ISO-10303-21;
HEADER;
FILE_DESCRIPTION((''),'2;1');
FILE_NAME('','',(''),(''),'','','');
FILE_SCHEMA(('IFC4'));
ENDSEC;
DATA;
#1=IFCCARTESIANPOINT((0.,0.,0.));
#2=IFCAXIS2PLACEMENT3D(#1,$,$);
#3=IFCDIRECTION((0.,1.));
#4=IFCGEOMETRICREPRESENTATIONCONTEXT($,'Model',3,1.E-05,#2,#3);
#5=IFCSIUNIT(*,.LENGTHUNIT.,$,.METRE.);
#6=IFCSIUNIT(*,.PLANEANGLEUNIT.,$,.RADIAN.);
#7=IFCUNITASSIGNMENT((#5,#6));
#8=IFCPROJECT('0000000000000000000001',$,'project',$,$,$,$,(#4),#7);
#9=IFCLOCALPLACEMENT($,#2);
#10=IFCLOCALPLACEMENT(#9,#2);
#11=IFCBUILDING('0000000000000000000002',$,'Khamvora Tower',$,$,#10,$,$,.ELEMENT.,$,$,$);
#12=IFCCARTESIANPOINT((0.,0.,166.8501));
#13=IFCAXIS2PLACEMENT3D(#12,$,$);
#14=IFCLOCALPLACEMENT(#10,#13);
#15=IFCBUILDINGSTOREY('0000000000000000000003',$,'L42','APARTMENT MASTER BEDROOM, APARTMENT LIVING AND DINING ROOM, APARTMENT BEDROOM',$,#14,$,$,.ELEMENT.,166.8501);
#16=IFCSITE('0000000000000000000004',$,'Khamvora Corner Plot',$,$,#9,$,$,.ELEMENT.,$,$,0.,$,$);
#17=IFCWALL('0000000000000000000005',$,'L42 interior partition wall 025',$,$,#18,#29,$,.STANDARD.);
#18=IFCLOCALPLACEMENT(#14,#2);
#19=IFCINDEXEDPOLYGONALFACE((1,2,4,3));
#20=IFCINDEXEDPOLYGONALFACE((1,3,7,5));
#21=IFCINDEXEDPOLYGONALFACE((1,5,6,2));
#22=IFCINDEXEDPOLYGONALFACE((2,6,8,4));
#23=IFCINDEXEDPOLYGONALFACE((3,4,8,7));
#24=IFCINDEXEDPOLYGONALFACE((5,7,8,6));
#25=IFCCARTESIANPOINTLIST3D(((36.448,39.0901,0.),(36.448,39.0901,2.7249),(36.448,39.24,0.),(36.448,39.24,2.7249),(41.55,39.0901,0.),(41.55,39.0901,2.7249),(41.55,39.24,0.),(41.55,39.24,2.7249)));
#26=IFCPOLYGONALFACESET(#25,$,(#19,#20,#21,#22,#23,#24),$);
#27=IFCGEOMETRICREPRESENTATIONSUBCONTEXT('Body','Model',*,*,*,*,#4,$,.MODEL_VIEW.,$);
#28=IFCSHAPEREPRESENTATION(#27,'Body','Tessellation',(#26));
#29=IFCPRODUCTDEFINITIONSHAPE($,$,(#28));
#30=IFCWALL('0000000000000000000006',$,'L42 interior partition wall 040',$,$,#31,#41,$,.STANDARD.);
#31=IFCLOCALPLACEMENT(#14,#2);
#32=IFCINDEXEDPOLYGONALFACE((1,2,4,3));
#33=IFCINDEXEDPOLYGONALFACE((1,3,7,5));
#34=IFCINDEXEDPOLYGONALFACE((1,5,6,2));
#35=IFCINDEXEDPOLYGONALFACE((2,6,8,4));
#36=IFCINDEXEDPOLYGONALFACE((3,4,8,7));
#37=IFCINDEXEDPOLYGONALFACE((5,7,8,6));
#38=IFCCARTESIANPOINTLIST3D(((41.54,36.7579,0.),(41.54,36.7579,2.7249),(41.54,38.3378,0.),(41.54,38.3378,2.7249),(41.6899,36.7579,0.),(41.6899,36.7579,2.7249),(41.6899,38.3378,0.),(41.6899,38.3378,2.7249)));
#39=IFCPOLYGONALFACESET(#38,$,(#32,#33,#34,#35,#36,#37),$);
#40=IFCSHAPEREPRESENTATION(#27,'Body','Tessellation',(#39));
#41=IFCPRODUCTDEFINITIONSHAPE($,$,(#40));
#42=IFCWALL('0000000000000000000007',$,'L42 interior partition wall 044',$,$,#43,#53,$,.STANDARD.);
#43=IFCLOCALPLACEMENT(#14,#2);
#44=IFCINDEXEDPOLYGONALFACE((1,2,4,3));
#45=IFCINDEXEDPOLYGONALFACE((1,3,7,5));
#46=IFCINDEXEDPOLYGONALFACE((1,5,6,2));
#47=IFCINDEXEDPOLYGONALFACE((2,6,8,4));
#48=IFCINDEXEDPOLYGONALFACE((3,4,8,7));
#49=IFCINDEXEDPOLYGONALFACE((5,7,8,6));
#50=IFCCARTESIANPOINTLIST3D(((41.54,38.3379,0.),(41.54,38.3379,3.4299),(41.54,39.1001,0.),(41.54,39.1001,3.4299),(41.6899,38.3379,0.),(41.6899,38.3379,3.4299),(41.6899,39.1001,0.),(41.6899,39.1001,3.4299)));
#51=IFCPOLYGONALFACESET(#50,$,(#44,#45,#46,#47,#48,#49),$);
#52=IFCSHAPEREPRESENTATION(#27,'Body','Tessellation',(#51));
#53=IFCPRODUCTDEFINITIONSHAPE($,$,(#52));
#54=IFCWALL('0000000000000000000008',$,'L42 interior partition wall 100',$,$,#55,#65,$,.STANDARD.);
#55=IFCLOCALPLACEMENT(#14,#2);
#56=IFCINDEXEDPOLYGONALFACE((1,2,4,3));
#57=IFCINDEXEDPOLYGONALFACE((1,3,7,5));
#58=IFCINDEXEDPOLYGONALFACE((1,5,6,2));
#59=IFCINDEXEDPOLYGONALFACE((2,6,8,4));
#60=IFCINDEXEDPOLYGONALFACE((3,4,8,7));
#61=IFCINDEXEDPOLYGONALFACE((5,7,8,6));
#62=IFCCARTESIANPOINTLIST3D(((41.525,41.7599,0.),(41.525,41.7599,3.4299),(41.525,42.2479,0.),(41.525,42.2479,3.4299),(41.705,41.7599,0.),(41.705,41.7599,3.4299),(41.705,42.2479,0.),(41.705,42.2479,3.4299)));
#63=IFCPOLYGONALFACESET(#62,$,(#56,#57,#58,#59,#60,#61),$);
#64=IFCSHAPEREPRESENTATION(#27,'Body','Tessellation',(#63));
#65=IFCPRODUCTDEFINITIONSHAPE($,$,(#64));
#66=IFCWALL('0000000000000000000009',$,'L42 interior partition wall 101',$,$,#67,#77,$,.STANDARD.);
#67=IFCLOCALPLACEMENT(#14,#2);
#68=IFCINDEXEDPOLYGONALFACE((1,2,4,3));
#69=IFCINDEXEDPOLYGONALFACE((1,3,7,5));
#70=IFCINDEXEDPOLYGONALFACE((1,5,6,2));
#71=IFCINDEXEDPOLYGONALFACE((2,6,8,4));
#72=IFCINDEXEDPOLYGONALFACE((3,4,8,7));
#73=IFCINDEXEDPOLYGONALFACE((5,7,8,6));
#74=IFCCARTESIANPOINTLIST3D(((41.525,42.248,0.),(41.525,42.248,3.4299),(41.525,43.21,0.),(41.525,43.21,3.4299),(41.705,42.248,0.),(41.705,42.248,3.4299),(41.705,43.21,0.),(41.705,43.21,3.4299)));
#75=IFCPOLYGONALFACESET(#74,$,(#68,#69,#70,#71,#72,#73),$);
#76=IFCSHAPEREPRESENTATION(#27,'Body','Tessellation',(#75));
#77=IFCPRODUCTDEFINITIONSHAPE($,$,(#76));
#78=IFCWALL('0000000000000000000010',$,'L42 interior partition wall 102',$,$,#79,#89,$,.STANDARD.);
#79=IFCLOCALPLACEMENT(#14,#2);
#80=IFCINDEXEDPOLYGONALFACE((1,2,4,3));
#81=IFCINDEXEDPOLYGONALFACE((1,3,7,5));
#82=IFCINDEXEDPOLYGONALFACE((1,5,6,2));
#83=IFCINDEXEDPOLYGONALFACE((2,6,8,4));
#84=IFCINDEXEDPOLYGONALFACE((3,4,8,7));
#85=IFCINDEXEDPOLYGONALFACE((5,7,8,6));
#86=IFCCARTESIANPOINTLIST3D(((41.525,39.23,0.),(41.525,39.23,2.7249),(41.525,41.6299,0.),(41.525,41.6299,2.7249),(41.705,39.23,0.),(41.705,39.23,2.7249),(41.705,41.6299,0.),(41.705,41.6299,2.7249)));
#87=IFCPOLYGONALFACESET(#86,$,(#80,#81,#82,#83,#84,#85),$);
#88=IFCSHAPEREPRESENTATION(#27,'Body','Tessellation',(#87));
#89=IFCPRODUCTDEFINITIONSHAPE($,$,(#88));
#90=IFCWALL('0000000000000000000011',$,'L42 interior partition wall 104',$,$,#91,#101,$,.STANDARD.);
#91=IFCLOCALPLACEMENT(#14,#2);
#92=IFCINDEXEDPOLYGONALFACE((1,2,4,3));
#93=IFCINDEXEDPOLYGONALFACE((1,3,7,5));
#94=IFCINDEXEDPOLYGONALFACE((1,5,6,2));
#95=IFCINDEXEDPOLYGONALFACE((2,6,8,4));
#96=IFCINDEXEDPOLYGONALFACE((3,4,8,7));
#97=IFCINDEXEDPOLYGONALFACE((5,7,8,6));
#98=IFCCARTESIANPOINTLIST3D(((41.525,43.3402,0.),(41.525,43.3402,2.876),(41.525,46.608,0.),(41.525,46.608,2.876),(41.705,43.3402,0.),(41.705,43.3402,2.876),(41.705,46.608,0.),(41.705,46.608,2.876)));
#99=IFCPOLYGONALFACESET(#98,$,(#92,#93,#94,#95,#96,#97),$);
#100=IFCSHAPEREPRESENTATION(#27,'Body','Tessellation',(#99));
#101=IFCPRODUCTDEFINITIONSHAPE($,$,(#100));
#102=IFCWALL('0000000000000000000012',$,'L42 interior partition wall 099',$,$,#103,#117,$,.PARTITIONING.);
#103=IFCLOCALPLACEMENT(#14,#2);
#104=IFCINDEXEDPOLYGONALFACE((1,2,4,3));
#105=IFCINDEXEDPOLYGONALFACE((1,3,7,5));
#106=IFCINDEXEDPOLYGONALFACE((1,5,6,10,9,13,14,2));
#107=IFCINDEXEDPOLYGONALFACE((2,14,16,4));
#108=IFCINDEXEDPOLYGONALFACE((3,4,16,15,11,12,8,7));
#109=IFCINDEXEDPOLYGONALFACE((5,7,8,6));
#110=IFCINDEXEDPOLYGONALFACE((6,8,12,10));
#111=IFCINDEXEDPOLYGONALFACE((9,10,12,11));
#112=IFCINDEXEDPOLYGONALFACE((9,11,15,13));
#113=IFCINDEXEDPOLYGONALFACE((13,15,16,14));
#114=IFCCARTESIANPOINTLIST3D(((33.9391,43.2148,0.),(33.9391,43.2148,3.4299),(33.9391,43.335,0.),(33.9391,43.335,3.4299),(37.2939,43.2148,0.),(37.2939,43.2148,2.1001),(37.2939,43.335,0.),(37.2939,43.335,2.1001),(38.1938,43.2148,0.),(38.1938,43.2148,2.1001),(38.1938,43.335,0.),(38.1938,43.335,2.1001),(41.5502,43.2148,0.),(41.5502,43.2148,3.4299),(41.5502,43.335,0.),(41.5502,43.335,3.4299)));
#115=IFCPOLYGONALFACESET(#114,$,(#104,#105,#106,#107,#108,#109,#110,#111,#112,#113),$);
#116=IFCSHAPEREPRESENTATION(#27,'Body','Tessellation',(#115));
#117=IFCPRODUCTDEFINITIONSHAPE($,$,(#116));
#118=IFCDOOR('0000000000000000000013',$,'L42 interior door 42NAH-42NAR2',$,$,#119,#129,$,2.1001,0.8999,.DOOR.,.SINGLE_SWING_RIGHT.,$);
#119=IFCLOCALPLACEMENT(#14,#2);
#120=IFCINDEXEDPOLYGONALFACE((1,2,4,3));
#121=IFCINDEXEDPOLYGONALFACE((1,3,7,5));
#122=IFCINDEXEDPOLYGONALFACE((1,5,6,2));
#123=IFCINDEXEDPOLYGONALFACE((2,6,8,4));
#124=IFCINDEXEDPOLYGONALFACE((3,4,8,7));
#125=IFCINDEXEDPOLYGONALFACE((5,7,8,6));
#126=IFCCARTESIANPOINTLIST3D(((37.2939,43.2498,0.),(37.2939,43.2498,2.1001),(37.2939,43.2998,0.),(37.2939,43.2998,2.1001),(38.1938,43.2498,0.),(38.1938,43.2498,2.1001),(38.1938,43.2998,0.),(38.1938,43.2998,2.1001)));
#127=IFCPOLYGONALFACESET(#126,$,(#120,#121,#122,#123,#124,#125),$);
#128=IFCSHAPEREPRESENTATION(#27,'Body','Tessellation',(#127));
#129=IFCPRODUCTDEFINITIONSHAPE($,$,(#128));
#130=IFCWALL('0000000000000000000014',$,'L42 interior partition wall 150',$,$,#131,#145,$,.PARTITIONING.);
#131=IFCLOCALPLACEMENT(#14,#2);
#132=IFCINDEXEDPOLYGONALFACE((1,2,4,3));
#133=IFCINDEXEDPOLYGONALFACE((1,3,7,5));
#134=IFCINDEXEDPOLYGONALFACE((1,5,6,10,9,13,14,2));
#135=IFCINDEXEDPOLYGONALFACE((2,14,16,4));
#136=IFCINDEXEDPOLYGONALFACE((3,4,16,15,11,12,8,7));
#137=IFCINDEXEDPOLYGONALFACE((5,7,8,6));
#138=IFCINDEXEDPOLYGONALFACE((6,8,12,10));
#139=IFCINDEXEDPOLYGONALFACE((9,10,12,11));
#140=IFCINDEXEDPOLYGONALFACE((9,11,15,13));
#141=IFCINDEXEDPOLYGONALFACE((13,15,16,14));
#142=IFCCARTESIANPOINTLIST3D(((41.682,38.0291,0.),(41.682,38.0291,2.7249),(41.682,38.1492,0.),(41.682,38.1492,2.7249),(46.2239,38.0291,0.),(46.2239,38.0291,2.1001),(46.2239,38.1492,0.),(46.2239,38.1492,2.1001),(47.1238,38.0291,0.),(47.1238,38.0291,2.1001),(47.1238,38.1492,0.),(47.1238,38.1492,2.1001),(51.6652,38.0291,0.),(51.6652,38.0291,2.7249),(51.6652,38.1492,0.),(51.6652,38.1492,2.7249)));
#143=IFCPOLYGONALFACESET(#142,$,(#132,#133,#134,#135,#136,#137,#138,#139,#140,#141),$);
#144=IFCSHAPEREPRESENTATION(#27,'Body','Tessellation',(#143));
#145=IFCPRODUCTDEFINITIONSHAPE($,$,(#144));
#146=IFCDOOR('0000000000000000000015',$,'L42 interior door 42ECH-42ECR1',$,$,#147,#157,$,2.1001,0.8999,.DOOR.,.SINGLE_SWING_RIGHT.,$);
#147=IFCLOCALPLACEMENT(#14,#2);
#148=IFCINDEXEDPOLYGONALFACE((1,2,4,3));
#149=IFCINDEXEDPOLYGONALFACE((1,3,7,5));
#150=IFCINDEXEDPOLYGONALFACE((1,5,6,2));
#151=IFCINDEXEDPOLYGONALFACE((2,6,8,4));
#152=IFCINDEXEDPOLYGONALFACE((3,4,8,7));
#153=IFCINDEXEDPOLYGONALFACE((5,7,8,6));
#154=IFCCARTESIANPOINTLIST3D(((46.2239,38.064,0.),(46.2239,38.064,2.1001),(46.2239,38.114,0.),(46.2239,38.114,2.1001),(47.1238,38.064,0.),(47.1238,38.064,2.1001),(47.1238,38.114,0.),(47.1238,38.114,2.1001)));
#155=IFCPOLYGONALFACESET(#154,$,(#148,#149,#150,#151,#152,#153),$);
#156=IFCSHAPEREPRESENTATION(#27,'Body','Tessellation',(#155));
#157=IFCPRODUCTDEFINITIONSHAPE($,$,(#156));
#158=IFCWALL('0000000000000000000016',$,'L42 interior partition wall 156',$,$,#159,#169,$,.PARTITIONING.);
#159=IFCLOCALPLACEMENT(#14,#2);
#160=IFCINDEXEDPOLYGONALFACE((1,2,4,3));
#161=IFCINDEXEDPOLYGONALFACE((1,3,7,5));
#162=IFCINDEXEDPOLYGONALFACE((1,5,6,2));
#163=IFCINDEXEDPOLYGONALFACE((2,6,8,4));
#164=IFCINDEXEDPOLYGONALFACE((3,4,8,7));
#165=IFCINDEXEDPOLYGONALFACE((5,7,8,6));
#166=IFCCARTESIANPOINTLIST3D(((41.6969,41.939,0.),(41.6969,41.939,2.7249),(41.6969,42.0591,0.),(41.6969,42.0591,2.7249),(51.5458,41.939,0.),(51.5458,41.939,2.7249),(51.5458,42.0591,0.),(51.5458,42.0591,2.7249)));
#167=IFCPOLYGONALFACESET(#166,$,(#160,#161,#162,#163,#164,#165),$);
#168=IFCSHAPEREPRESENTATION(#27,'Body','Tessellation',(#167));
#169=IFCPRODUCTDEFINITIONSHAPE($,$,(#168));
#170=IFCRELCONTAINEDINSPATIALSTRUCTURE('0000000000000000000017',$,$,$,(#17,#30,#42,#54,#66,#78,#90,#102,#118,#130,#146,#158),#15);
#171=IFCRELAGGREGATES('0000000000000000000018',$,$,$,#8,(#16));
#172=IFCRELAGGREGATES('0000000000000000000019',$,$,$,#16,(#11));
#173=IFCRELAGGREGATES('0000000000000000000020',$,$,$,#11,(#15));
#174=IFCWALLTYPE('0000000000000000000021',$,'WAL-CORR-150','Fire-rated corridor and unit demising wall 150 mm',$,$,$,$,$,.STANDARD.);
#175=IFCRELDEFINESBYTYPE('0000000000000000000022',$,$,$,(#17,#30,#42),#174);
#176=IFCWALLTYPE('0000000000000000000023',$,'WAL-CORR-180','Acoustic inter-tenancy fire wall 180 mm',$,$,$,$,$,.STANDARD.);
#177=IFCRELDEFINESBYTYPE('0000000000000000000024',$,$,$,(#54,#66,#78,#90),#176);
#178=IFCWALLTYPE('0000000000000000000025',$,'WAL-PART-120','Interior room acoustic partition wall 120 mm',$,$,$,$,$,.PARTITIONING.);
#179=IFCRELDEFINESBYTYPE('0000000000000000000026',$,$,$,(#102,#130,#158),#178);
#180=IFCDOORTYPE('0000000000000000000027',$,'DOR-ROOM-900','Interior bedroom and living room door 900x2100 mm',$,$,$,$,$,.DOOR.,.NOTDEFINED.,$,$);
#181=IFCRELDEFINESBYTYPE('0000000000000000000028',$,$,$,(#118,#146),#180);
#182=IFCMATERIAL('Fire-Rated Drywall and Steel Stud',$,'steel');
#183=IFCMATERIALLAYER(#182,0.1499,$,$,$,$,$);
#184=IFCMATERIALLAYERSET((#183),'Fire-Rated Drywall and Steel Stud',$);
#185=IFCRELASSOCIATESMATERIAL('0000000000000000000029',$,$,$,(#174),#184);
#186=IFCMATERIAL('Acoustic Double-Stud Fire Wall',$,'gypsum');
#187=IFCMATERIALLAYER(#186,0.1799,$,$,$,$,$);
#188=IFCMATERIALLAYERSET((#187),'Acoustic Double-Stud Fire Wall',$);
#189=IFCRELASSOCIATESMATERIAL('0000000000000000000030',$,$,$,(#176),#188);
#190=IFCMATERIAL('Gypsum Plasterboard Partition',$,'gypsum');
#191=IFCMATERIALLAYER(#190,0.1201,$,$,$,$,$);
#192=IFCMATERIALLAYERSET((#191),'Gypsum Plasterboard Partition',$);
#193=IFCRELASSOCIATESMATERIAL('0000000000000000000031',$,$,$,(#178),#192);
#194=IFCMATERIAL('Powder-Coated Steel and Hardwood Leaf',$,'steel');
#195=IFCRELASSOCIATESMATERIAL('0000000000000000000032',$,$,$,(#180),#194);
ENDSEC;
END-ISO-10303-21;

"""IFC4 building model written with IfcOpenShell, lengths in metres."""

from ifc_helpers import new_model, si_unit, direction, frame, frame_2d, origin, place, context, subcontext, project, spatial, rectangle, extrude, material, layer, layer_set, type_object, element, fill, save


model = new_model("IFC4")

# Units and contexts
model_context = context("Model", 3, precision=1e-05, world=origin(), true_north=direction((0.0, 1.0)))
body_context = subcontext(model_context, "Body", "Model", "MODEL_VIEW")
ifc_project = project(units=[si_unit("LENGTHUNIT", "METRE"), si_unit("PLANEANGLEUNIT", "RADIAN")], contexts=[model_context])

# Site, building, storey
site_placement = place(None, origin())
site = spatial("IfcSite", under=ifc_project, at=site_placement, Name="Khamvora Corner Plot", CompositionType="ELEMENT", RefElevation=0.0)
building_placement = place(site_placement, origin())
building = spatial("IfcBuilding", under=site, at=building_placement, Name="Khamvora Tower", CompositionType="ELEMENT")
storey_placement = place(building_placement, frame((0.0, 0.0, 166.8501)))
storey = spatial("IfcBuildingStorey", under=building, at=storey_placement, Name="L42", Description="APARTMENT MASTER BEDROOM, APARTMENT LIVING AND DINING ROOM, APARTMENT BEDROOM", CompositionType="ELEMENT", Elevation=166.8501)

# Walls
ifc_material_1 = material(Name="Fire-Rated Drywall and Steel Stud", Category="steel")
ifc_layer_1 = layer(ifc_material_1, 0.1499)
ifc_layer_set_1 = layer_set([ifc_layer_1], Name="Fire-Rated Drywall and Steel Stud")
wall_type_1 = type_object("IfcWallType", Name="WAL-CORR-150", Description="Fire-rated corridor and unit demising wall 150 mm", PredefinedType="STANDARD", material=ifc_layer_set_1)
wall_1_placement = place(storey_placement, frame((36.448, 39.165, 0.0), z_axis=(0.0, 0.0, 1.0), x_axis=(1.0, 0.0, 0.0)))
element("IfcWall", 1, at=wall_1_placement, inside=storey, type_object=wall_type_1, Name="L42 interior partition wall 025", PredefinedType="STANDARD", context=body_context, shape_type="SweptSolid", body=[
    extrude(rectangle(XDim=5.1021, YDim=0.1499, at=frame_2d((2.551, 0.0))), origin(), (0.0, 0.0, 1.0), 2.7249),
])
wall_2_placement = place(storey_placement, frame((41.615, 38.3379, 0.0), z_axis=(0.0, 0.0, 1.0), x_axis=(0.0, -1.0, 0.0)))
element("IfcWall", 2, at=wall_2_placement, inside=storey, type_object=wall_type_1, Name="L42 interior partition wall 040", PredefinedType="STANDARD", context=body_context, shape_type="SweptSolid", body=[
    extrude(rectangle(XDim=1.5798, YDim=0.1499, at=frame_2d((0.79, 0.0))), origin(), (0.0, 0.0, 1.0), 2.7249),
])
wall_3_placement = place(storey_placement, frame((41.615, 39.1001, 0.0), z_axis=(0.0, 0.0, 1.0), x_axis=(0.0, -1.0, 0.0)))
element("IfcWall", 3, at=wall_3_placement, inside=storey, type_object=wall_type_1, Name="L42 interior partition wall 044", PredefinedType="STANDARD", context=body_context, shape_type="SweptSolid", body=[
    extrude(rectangle(XDim=0.7622, YDim=0.1499, at=frame_2d((0.3811, 0.0))), origin(), (0.0, 0.0, 1.0), 3.4299),
])
ifc_material_2 = material(Name="Acoustic Double-Stud Fire Wall", Category="gypsum")
ifc_layer_2 = layer(ifc_material_2, 0.1799)
ifc_layer_set_2 = layer_set([ifc_layer_2], Name="Acoustic Double-Stud Fire Wall")
wall_type_2 = type_object("IfcWallType", Name="WAL-CORR-180", Description="Acoustic inter-tenancy fire wall 180 mm", PredefinedType="STANDARD", material=ifc_layer_set_2)
wall_4_placement = place(storey_placement, frame((41.615, 42.248, 0.0), z_axis=(0.0, 0.0, 1.0), x_axis=(0.0, -1.0, 0.0)))
element("IfcWall", 4, at=wall_4_placement, inside=storey, type_object=wall_type_2, Name="L42 interior partition wall 100", PredefinedType="STANDARD", context=body_context, shape_type="SweptSolid", body=[
    extrude(rectangle(XDim=0.488, YDim=0.1799, at=frame_2d((0.2441, 0.0))), origin(), (0.0, 0.0, 1.0), 3.4299),
])
wall_5_placement = place(storey_placement, frame((41.615, 43.21, 0.0), z_axis=(0.0, 0.0, 1.0), x_axis=(0.0, -1.0, 0.0)))
element("IfcWall", 5, at=wall_5_placement, inside=storey, type_object=wall_type_2, Name="L42 interior partition wall 101", PredefinedType="STANDARD", context=body_context, shape_type="SweptSolid", body=[
    extrude(rectangle(XDim=0.9619, YDim=0.1799, at=frame_2d((0.481, 0.0))), origin(), (0.0, 0.0, 1.0), 3.4299),
])
wall_6_placement = place(storey_placement, frame((41.615, 41.6299, 0.0), z_axis=(0.0, 0.0, 1.0), x_axis=(0.0, -1.0, 0.0)))
element("IfcWall", 6, at=wall_6_placement, inside=storey, type_object=wall_type_2, Name="L42 interior partition wall 102", PredefinedType="STANDARD", context=body_context, shape_type="SweptSolid", body=[
    extrude(rectangle(XDim=2.3999, YDim=0.1799, at=frame_2d((1.2, 0.0))), origin(), (0.0, 0.0, 1.0), 2.7249),
])
wall_7_placement = place(storey_placement, frame((41.615, 46.6079, 0.0), z_axis=(0.0, 0.0, 1.0), x_axis=(0.0, -1.0, 0.0)))
element("IfcWall", 7, at=wall_7_placement, inside=storey, type_object=wall_type_2, Name="L42 interior partition wall 104", PredefinedType="STANDARD", context=body_context, shape_type="SweptSolid", body=[
    extrude(rectangle(XDim=3.2678, YDim=0.1799, at=frame_2d((1.6338, 0.0))), origin(), (0.0, 0.0, 1.0), 2.876),
])

# Walls, openings, doors
ifc_material_3 = material(Name="Gypsum Plasterboard Partition", Category="gypsum")
ifc_layer_3 = layer(ifc_material_3, 0.1201)
ifc_layer_set_3 = layer_set([ifc_layer_3], Name="Gypsum Plasterboard Partition")
wall_type_3 = type_object("IfcWallType", Name="WAL-PART-120", Description="Interior room acoustic partition wall 120 mm", PredefinedType="PARTITIONING", material=ifc_layer_set_3)
wall_8_placement = place(storey_placement, frame((33.939, 43.2749, 0.0), z_axis=(0.0, 0.0, 1.0), x_axis=(1.0, 0.0, 0.0)))
wall_8 = element("IfcWall", 8, at=wall_8_placement, inside=storey, type_object=wall_type_3, Name="L42 interior partition wall 099", PredefinedType="PARTITIONING", context=body_context, shape_type="SweptSolid", body=[
    extrude(rectangle(XDim=7.6111, YDim=0.1201, at=frame_2d((3.8057, 0.0))), origin(), (0.0, 0.0, 1.0), 3.4299),
])
opening_1_placement = place(wall_8_placement, frame((3.355, 0.0, 0.0)))
opening_1 = element("IfcOpeningElement", 9, at=opening_1_placement, cuts=wall_8, PredefinedType="OPENING", context=body_context, shape_type="SweptSolid", body=[
    extrude(rectangle(XDim=0.8999, YDim=2.1001, at=frame_2d((0.45, 1.05))), frame((0.0, 0.0701, 0.0), z_axis=(0.0, -1.0, 0.0), x_axis=(1.0, 0.0, 0.0)), (0.0, 0.0, 1.0), 0.1401),
])
ifc_material_4 = material(Name="Powder-Coated Steel and Hardwood Leaf", Category="steel")
door_type_1 = type_object("IfcDoorType", Name="DOR-ROOM-900", Description="Interior bedroom and living room door 900x2100 mm", OperationType="NOTDEFINED", PredefinedType="DOOR", material=ifc_material_4)
door_1_placement = place(opening_1_placement, origin())
door_1 = element("IfcDoor", 10, at=door_1_placement, inside=storey, type_object=door_type_1, Name="L42 interior door 42NAH-42NAR2", OperationType="SINGLE_SWING_RIGHT", OverallHeight=2.1001, OverallWidth=0.8999, PredefinedType="DOOR", context=body_context, shape_type="SweptSolid", body=[
    extrude(rectangle(XDim=0.8999, YDim=2.1001, at=frame_2d((0.45, 1.05))), frame((0.0, 0.0249, 0.0), z_axis=(0.0, -1.0, 0.0), x_axis=(1.0, 0.0, 0.0)), (0.0, 0.0, 1.0), 0.05),
])
fill(opening_1, door_1)
wall_9_placement = place(storey_placement, frame((41.6819, 38.0891, 0.0), z_axis=(0.0, 0.0, 1.0), x_axis=(1.0, 0.0, 0.0)))
wall_9 = element("IfcWall", 11, at=wall_9_placement, inside=storey, type_object=wall_type_3, Name="L42 interior partition wall 150", PredefinedType="PARTITIONING", context=body_context, shape_type="SweptSolid", body=[
    extrude(rectangle(XDim=9.9832, YDim=0.1201, at=frame_2d((4.9917, 0.0))), origin(), (0.0, 0.0, 1.0), 2.7249),
])
opening_2_placement = place(wall_9_placement, frame((4.542, 0.0, 0.0)))
opening_2 = element("IfcOpeningElement", 12, at=opening_2_placement, cuts=wall_9, PredefinedType="OPENING", context=body_context, shape_type="SweptSolid", body=[
    extrude(rectangle(XDim=0.8999, YDim=2.1001, at=frame_2d((0.45, 1.05))), frame((0.0, 0.0701, 0.0), z_axis=(0.0, -1.0, 0.0), x_axis=(1.0, 0.0, 0.0)), (0.0, 0.0, 1.0), 0.1401),
])
door_2_placement = place(opening_2_placement, origin())
door_2 = element("IfcDoor", 13, at=door_2_placement, inside=storey, type_object=door_type_1, Name="L42 interior door 42ECH-42ECR1", OperationType="SINGLE_SWING_RIGHT", OverallHeight=2.1001, OverallWidth=0.8999, PredefinedType="DOOR", context=body_context, shape_type="SweptSolid", body=[
    extrude(rectangle(XDim=0.8999, YDim=2.1001, at=frame_2d((0.45, 1.05))), frame((0.0, 0.0249, 0.0), z_axis=(0.0, -1.0, 0.0), x_axis=(1.0, 0.0, 0.0)), (0.0, 0.0, 1.0), 0.05),
])
fill(opening_2, door_2)

# Wall
wall_10_placement = place(storey_placement, frame((41.697, 41.999, 0.0), z_axis=(0.0, 0.0, 1.0), x_axis=(1.0, 0.0, 0.0)))
element("IfcWall", 14, at=wall_10_placement, inside=storey, type_object=wall_type_3, Name="L42 interior partition wall 156", PredefinedType="PARTITIONING", context=body_context, shape_type="SweptSolid", body=[
    extrude(rectangle(XDim=9.8489, YDim=0.1201, at=frame_2d((4.9243, 0.0))), origin(), (0.0, 0.0, 1.0), 2.7249),
])

save(model, "model.ifc")
